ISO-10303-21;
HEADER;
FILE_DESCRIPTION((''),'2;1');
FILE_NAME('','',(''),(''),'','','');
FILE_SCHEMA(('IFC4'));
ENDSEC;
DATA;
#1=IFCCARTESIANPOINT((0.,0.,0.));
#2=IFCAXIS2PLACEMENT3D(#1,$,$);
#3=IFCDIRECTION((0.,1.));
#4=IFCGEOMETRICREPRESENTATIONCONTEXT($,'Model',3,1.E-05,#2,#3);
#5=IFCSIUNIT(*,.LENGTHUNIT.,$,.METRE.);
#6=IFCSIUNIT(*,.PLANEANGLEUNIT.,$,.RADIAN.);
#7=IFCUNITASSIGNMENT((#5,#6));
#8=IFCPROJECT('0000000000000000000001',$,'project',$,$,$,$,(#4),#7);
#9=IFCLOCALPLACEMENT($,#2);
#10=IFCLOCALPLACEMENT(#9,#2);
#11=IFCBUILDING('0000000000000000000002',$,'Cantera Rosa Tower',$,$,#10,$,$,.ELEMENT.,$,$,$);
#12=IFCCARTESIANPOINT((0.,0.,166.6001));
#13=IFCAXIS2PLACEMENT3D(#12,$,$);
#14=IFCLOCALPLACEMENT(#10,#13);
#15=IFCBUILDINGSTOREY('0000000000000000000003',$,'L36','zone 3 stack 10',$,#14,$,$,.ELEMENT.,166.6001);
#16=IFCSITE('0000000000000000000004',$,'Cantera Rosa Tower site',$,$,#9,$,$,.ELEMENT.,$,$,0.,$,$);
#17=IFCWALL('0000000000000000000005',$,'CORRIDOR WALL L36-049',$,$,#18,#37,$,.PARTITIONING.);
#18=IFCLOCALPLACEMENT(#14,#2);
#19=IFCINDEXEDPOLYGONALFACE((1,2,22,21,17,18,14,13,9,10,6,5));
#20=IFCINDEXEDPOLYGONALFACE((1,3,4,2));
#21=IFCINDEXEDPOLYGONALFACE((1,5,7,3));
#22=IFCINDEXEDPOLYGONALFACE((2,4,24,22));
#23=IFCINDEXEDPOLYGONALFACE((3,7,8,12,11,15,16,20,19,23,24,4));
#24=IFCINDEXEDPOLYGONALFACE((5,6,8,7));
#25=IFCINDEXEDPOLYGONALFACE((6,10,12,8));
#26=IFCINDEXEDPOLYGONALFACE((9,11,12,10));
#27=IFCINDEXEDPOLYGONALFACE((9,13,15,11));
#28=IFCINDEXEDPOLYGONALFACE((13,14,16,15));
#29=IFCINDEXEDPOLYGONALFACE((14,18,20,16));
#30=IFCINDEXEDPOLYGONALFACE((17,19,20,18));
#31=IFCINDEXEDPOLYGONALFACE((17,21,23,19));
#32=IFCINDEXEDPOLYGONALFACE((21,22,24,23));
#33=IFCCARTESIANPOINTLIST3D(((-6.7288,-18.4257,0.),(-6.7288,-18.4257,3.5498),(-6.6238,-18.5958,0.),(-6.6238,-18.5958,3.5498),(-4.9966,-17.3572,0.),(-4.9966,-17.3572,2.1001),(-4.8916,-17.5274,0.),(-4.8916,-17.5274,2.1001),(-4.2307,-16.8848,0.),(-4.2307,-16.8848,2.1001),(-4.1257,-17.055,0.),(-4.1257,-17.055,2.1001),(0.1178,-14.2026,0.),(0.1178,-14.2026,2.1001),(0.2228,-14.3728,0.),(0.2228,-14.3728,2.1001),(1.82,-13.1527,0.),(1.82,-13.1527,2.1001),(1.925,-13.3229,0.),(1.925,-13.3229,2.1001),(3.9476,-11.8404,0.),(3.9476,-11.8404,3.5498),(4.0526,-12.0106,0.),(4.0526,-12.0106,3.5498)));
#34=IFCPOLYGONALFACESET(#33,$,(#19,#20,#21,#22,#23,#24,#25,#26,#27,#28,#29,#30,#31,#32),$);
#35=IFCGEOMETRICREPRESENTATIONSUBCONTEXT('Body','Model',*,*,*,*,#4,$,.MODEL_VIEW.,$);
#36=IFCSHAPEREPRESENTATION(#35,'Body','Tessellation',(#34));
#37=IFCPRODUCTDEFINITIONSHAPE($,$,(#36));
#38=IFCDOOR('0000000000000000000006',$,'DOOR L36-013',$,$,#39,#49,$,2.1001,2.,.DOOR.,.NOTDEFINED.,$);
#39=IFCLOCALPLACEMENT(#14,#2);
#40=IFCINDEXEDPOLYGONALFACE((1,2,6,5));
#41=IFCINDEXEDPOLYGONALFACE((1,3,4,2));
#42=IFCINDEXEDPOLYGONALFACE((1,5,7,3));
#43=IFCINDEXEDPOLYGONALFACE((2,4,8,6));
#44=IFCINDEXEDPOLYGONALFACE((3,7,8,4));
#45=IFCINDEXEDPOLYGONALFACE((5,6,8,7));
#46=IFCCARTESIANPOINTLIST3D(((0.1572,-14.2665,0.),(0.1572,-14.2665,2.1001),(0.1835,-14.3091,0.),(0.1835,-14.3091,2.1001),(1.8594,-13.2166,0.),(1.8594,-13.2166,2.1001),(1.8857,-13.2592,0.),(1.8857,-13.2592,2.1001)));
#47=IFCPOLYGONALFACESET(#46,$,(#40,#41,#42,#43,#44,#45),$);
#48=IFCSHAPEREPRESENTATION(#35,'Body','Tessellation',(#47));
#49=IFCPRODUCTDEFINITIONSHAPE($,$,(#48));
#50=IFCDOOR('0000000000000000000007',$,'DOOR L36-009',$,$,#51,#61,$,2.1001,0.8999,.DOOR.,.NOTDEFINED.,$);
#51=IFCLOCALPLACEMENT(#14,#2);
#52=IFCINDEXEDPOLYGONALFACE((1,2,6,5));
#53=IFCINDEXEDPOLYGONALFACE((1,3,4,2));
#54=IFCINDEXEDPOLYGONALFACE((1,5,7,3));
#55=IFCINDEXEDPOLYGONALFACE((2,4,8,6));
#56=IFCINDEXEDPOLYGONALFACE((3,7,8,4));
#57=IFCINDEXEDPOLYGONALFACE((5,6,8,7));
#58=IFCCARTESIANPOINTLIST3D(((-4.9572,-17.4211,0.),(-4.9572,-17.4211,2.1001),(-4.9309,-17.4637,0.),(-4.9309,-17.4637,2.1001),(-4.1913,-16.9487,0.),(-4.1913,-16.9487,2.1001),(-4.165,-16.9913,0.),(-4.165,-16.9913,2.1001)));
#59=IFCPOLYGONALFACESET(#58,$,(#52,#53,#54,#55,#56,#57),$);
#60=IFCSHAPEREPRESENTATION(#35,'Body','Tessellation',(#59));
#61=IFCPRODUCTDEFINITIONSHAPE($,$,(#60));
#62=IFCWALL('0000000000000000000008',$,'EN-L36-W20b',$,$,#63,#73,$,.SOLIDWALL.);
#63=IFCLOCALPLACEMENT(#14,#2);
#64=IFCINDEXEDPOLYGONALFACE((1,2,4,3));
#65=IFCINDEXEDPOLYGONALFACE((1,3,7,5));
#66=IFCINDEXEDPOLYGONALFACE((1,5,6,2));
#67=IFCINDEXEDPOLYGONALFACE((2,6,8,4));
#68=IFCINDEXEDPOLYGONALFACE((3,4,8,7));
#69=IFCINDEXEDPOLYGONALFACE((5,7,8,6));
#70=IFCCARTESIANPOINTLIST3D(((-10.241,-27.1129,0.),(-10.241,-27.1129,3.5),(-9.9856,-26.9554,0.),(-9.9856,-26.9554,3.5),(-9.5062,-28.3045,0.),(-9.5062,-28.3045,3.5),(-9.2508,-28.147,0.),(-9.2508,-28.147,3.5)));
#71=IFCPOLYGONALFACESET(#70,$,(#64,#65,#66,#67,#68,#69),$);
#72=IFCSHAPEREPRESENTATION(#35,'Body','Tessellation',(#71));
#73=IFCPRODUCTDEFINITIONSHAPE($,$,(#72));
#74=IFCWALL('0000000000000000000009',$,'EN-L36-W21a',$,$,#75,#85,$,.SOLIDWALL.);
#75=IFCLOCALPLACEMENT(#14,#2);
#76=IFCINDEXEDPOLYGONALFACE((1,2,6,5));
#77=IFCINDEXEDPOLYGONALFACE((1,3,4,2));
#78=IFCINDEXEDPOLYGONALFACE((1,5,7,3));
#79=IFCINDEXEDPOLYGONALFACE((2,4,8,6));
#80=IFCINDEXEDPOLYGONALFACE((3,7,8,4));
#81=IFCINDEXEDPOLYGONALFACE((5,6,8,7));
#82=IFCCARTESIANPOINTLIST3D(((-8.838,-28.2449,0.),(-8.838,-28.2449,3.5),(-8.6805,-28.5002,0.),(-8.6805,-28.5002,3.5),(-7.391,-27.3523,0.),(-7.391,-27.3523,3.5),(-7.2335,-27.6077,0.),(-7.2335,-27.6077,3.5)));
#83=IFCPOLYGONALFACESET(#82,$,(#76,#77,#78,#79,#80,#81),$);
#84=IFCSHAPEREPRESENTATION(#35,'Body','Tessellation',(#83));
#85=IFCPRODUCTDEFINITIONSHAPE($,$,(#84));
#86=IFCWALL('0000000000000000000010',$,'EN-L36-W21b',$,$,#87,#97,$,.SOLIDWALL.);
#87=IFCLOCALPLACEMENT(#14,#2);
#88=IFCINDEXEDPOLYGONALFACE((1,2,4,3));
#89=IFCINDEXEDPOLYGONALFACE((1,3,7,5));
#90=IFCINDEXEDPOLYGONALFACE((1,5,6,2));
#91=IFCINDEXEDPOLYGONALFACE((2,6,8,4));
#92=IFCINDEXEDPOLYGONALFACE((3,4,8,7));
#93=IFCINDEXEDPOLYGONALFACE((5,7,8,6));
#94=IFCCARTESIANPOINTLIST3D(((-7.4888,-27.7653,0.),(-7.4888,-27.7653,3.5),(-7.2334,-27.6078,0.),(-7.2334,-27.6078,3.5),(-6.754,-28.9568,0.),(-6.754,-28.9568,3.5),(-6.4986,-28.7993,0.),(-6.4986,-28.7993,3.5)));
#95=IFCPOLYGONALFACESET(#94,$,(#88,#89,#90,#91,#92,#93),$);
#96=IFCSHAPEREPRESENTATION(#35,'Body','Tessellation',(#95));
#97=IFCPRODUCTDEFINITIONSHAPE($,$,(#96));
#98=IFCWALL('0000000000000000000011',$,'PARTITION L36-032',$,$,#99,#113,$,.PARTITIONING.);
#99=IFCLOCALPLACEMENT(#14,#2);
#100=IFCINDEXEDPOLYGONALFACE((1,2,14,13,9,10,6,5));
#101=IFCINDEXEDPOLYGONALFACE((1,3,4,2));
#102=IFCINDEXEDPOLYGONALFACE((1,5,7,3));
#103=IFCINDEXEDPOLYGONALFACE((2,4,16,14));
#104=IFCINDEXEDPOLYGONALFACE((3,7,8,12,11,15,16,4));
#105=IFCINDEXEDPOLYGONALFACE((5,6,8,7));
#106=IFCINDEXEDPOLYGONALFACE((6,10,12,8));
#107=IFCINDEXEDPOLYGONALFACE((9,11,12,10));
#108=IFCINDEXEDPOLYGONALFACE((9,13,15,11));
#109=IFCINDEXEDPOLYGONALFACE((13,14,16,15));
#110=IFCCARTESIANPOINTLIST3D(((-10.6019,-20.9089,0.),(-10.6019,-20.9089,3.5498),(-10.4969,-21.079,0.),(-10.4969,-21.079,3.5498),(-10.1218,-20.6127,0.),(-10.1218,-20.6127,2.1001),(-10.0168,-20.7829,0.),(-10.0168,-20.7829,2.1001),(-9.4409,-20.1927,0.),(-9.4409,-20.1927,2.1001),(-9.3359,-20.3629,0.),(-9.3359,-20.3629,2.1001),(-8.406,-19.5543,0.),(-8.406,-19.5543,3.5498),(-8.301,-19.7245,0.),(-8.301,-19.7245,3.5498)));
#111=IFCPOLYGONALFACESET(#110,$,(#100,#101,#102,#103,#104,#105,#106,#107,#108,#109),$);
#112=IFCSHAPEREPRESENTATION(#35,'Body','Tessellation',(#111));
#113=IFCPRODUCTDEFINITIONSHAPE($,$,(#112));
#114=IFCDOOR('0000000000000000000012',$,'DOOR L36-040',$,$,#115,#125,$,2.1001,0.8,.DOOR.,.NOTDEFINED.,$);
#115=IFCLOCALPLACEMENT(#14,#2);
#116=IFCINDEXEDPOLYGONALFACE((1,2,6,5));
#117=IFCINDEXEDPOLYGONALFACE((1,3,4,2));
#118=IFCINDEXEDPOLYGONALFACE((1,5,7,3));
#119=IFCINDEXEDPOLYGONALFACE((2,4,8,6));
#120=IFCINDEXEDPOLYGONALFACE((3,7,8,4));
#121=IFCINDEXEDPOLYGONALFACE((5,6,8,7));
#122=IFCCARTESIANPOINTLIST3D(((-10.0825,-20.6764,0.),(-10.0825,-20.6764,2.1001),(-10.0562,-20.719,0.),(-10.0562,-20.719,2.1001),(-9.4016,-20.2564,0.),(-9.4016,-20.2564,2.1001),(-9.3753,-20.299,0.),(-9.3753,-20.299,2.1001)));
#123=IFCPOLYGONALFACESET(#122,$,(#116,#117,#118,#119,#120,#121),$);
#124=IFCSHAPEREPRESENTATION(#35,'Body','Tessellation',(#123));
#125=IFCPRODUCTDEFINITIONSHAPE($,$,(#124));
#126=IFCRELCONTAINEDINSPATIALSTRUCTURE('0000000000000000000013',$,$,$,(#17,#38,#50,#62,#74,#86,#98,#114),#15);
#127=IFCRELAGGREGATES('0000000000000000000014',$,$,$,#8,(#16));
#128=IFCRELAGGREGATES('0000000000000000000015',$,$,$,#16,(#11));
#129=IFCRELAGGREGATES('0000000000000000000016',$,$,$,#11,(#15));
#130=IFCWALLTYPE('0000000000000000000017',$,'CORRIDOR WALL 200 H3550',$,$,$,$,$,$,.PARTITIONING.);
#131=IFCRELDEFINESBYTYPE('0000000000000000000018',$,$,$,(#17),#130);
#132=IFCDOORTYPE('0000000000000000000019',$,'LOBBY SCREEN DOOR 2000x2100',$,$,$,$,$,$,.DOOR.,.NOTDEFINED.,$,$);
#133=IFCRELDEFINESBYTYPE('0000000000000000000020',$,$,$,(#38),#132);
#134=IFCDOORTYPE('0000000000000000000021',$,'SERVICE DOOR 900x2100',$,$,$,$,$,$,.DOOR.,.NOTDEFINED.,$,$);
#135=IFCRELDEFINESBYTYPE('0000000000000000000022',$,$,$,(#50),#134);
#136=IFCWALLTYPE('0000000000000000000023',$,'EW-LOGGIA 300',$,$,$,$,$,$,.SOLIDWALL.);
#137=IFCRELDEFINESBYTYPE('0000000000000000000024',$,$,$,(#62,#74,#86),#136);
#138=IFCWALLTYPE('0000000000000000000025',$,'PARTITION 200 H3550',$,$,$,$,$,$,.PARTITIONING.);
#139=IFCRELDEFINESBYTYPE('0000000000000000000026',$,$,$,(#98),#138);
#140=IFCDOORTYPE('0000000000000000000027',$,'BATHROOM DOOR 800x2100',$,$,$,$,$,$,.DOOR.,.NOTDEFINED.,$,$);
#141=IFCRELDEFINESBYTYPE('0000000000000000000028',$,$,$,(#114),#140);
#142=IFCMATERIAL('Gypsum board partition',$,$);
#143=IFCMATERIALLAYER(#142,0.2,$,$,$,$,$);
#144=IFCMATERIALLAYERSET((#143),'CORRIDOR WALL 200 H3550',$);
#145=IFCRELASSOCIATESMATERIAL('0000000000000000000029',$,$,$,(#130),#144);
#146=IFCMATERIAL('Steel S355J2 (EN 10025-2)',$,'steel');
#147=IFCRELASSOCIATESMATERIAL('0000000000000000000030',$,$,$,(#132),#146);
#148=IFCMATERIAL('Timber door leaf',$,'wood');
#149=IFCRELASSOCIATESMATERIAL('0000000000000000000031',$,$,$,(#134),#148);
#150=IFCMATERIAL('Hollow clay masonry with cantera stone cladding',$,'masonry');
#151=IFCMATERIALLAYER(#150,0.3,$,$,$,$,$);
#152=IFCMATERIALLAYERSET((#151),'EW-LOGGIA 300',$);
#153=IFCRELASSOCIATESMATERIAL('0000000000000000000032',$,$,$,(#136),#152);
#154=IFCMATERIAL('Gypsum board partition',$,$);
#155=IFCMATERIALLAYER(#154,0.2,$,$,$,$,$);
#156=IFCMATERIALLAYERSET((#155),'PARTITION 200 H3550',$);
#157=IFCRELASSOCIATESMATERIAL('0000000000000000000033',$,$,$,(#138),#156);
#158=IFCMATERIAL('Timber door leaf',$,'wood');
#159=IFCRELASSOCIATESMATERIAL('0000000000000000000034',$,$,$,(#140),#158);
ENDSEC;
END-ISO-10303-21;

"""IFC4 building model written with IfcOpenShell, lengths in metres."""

from ifc_helpers import new_model, si_unit, direction, frame, frame_2d, origin, place, context, subcontext, project, spatial, rectangle, extrude, material, layer, layer_set, type_object, element, fill, save


model = new_model("IFC4")

# Units and contexts
model_context = context("Model", 3, precision=1e-05, world=origin(), true_north=direction((0.0, 1.0)))
body_context = subcontext(model_context, "Body", "Model", "MODEL_VIEW")
ifc_project = project(units=[si_unit("LENGTHUNIT", "METRE"), si_unit("PLANEANGLEUNIT", "RADIAN")], contexts=[model_context])

# Site, building, storey
site_placement = place(None, origin())
site = spatial("IfcSite", under=ifc_project, at=site_placement, Name="Cantera Rosa Tower site", CompositionType="ELEMENT", RefElevation=0.0)
building_placement = place(site_placement, origin())
building = spatial("IfcBuilding", under=site, at=building_placement, Name="Cantera Rosa Tower", CompositionType="ELEMENT")
storey_placement = place(building_placement, frame((0.0, 0.0, 166.6001)))
storey = spatial("IfcBuildingStorey", under=building, at=storey_placement, Name="L36", Description="zone 3 stack 10", CompositionType="ELEMENT", Elevation=166.6001)

# Wall, openings, doors
ifc_material_1 = material(Name="Gypsum board partition")
ifc_layer_1 = layer(ifc_material_1, 0.2)
ifc_layer_set_1 = layer_set([ifc_layer_1], Name="CORRIDOR WALL 200 H3550")
wall_type_1 = type_object("IfcWallType", Name="CORRIDOR WALL 200 H3550", PredefinedType="PARTITIONING", material=ifc_layer_set_1)
wall_1_placement = place(storey_placement, frame((-6.6763, -18.5107, 0.0), z_axis=(0.0, 0.0, 1.0), x_axis=(0.851117, 0.524976, 0.0)))
wall_1 = element("IfcWall", 1, at=wall_1_placement, inside=storey, type_object=wall_type_1, Name="CORRIDOR WALL L36-049", PredefinedType="PARTITIONING", context=body_context, shape_type="SweptSolid", body=[
    extrude(rectangle(XDim=12.5439, YDim=0.2, at=frame_2d((6.272, 0.0))), origin(), (0.0, 0.0, 1.0), 3.5498),
])
opening_1_placement = place(wall_1_placement, frame((2.0352, 0.0, 0.0)))
opening_1 = element("IfcOpeningElement", 2, at=opening_1_placement, cuts=wall_1, PredefinedType="OPENING", context=body_context, shape_type="SweptSolid", body=[
    extrude(rectangle(XDim=0.8999, YDim=2.1001, at=frame_2d((0.45, 1.05))), frame((0.0, 0.1099, 0.0), z_axis=(0.0, -1.0, 0.0), x_axis=(1.0, 0.0, 0.0)), (0.0, 0.0, 1.0), 0.22),
])
opening_2_placement = place(wall_1_placement, frame((8.0442, 0.0, 0.0)))
opening_2 = element("IfcOpeningElement", 3, at=opening_2_placement, cuts=wall_1, PredefinedType="OPENING", context=body_context, shape_type="SweptSolid", body=[
    extrude(rectangle(XDim=2.0, YDim=2.1001, at=frame_2d((1.0, 1.05))), frame((0.0, 0.1099, 0.0), z_axis=(0.0, -1.0, 0.0), x_axis=(1.0, 0.0, 0.0)), (0.0, 0.0, 1.0), 0.22),
])
ifc_material_2 = material(Name="Steel S355J2 (EN 10025-2)", Category="steel")
door_type_1 = type_object("IfcDoorType", Name="LOBBY SCREEN DOOR 2000x2100", OperationType="NOTDEFINED", PredefinedType="DOOR", material=ifc_material_2)
door_1_placement = place(opening_2_placement, origin())
door_1 = element("IfcDoor", 4, at=door_1_placement, inside=storey, type_object=door_type_1, Name="DOOR L36-013", OperationType="NOTDEFINED", OverallHeight=2.1001, OverallWidth=2.0, PredefinedType="DOOR", context=body_context, shape_type="SweptSolid", body=[
    extrude(rectangle(XDim=2.0, YDim=2.1001, at=frame_2d((1.0, 1.05))), frame((0.0, 0.0249, 0.0), z_axis=(0.0, -1.0, 0.0), x_axis=(1.0, 0.0, 0.0)), (0.0, 0.0, 1.0), 0.05),
])
fill(opening_2, door_1)
ifc_material_3 = material(Name="Timber door leaf", Category="wood")
door_type_2 = type_object("IfcDoorType", Name="SERVICE DOOR 900x2100", OperationType="NOTDEFINED", PredefinedType="DOOR", material=ifc_material_3)
door_2_placement = place(opening_1_placement, origin())
door_2 = element("IfcDoor", 5, at=door_2_placement, inside=storey, type_object=door_type_2, Name="DOOR L36-009", OperationType="NOTDEFINED", OverallHeight=2.1001, OverallWidth=0.8999, PredefinedType="DOOR", context=body_context, shape_type="SweptSolid", body=[
    extrude(rectangle(XDim=0.8999, YDim=2.1001, at=frame_2d((0.45, 1.05))), frame((0.0, 0.0249, 0.0), z_axis=(0.0, -1.0, 0.0), x_axis=(1.0, 0.0, 0.0)), (0.0, 0.0, 1.0), 0.05),
])
fill(opening_1, door_2)

# Walls
ifc_material_4 = material(Name="Hollow clay masonry with cantera stone cladding", Category="masonry")
ifc_layer_2 = layer(ifc_material_4, 0.3)
ifc_layer_set_2 = layer_set([ifc_layer_2], Name="EW-LOGGIA 300")
wall_type_2 = type_object("IfcWallType", Name="EW-LOGGIA 300", PredefinedType="SOLIDWALL", material=ifc_layer_set_2)
wall_2_placement = place(storey_placement, frame((-10.1133, -27.0342, 0.0), z_axis=(0.0, 0.0, 1.0), x_axis=(0.524895, -0.851167, 0.0)))
element("IfcWall", 6, at=wall_2_placement, inside=storey, type_object=wall_type_2, Name="EN-L36-W20b", PredefinedType="SOLIDWALL", context=body_context, shape_type="SweptSolid", body=[
    extrude(rectangle(XDim=1.3999, YDim=0.3, at=frame_2d((0.7, 0.0))), origin(), (0.0, 0.0, 1.0), 3.5),
])
wall_3_placement = place(storey_placement, frame((-8.7593, -28.3726, 0.0), z_axis=(0.0, 0.0, 1.0), x_axis=(0.851106, 0.524994, 0.0)))
element("IfcWall", 7, at=wall_3_placement, inside=storey, type_object=wall_type_2, Name="EN-L36-W21a", PredefinedType="SOLIDWALL", context=body_context, shape_type="SweptSolid", body=[
    extrude(rectangle(XDim=1.7002, YDim=0.3, at=frame_2d((0.8501, 0.0))), origin(), (0.0, 0.0, 1.0), 3.5),
])
wall_4_placement = place(storey_placement, frame((-7.3611, -27.6865, 0.0), z_axis=(0.0, 0.0, 1.0), x_axis=(0.524895, -0.851167, 0.0)))
element("IfcWall", 8, at=wall_4_placement, inside=storey, type_object=wall_type_2, Name="EN-L36-W21b", PredefinedType="SOLIDWALL", context=body_context, shape_type="SweptSolid", body=[
    extrude(rectangle(XDim=1.3999, YDim=0.3, at=frame_2d((0.7, 0.0))), origin(), (0.0, 0.0, 1.0), 3.5),
])

# Wall, opening, door
ifc_material_5 = material(Name="Gypsum board partition")
ifc_layer_3 = layer(ifc_material_5, 0.2)
ifc_layer_set_3 = layer_set([ifc_layer_3], Name="PARTITION 200 H3550")
wall_type_3 = type_object("IfcWallType", Name="PARTITION 200 H3550", PredefinedType="PARTITIONING", material=ifc_layer_set_3)
wall_5_placement = place(storey_placement, frame((-8.3535, -19.6394, 0.0), z_axis=(0.0, 0.0, 1.0), x_axis=(-0.851099, -0.525005, 0.0)))
wall_5 = element("IfcWall", 9, at=wall_5_placement, inside=storey, type_object=wall_type_3, Name="PARTITION L36-032", PredefinedType="PARTITIONING", context=body_context, shape_type="SweptSolid", body=[
    extrude(rectangle(XDim=2.5801, YDim=0.2, at=frame_2d((1.29, 0.0))), origin(), (0.0, 0.0, 1.0), 3.5498),
])
opening_3_placement = place(wall_5_placement, frame((1.2161, 0.0, 0.0)))
opening_3 = element("IfcOpeningElement", 10, at=opening_3_placement, cuts=wall_5, PredefinedType="OPENING", context=body_context, shape_type="SweptSolid", body=[
    extrude(rectangle(XDim=0.8, YDim=2.1001, at=frame_2d((0.3999, 1.05))), frame((0.0, 0.1099, 0.0), z_axis=(0.0, -1.0, 0.0), x_axis=(1.0, 0.0, 0.0)), (0.0, 0.0, 1.0), 0.22),
])
ifc_material_6 = material(Name="Timber door leaf", Category="wood")
door_type_3 = type_object("IfcDoorType", Name="BATHROOM DOOR 800x2100", OperationType="NOTDEFINED", PredefinedType="DOOR", material=ifc_material_6)
door_3_placement = place(opening_3_placement, origin())
door_3 = element("IfcDoor", 11, at=door_3_placement, inside=storey, type_object=door_type_3, Name="DOOR L36-040", OperationType="NOTDEFINED", OverallHeight=2.1001, OverallWidth=0.8, PredefinedType="DOOR", context=body_context, shape_type="SweptSolid", body=[
    extrude(rectangle(XDim=0.8, YDim=2.1001, at=frame_2d((0.3999, 1.05))), frame((0.0, 0.0249, 0.0), z_axis=(0.0, -1.0, 0.0), x_axis=(1.0, 0.0, 0.0)), (0.0, 0.0, 1.0), 0.05),
])
fill(opening_3, door_3)

save(model, "model.ifc")
